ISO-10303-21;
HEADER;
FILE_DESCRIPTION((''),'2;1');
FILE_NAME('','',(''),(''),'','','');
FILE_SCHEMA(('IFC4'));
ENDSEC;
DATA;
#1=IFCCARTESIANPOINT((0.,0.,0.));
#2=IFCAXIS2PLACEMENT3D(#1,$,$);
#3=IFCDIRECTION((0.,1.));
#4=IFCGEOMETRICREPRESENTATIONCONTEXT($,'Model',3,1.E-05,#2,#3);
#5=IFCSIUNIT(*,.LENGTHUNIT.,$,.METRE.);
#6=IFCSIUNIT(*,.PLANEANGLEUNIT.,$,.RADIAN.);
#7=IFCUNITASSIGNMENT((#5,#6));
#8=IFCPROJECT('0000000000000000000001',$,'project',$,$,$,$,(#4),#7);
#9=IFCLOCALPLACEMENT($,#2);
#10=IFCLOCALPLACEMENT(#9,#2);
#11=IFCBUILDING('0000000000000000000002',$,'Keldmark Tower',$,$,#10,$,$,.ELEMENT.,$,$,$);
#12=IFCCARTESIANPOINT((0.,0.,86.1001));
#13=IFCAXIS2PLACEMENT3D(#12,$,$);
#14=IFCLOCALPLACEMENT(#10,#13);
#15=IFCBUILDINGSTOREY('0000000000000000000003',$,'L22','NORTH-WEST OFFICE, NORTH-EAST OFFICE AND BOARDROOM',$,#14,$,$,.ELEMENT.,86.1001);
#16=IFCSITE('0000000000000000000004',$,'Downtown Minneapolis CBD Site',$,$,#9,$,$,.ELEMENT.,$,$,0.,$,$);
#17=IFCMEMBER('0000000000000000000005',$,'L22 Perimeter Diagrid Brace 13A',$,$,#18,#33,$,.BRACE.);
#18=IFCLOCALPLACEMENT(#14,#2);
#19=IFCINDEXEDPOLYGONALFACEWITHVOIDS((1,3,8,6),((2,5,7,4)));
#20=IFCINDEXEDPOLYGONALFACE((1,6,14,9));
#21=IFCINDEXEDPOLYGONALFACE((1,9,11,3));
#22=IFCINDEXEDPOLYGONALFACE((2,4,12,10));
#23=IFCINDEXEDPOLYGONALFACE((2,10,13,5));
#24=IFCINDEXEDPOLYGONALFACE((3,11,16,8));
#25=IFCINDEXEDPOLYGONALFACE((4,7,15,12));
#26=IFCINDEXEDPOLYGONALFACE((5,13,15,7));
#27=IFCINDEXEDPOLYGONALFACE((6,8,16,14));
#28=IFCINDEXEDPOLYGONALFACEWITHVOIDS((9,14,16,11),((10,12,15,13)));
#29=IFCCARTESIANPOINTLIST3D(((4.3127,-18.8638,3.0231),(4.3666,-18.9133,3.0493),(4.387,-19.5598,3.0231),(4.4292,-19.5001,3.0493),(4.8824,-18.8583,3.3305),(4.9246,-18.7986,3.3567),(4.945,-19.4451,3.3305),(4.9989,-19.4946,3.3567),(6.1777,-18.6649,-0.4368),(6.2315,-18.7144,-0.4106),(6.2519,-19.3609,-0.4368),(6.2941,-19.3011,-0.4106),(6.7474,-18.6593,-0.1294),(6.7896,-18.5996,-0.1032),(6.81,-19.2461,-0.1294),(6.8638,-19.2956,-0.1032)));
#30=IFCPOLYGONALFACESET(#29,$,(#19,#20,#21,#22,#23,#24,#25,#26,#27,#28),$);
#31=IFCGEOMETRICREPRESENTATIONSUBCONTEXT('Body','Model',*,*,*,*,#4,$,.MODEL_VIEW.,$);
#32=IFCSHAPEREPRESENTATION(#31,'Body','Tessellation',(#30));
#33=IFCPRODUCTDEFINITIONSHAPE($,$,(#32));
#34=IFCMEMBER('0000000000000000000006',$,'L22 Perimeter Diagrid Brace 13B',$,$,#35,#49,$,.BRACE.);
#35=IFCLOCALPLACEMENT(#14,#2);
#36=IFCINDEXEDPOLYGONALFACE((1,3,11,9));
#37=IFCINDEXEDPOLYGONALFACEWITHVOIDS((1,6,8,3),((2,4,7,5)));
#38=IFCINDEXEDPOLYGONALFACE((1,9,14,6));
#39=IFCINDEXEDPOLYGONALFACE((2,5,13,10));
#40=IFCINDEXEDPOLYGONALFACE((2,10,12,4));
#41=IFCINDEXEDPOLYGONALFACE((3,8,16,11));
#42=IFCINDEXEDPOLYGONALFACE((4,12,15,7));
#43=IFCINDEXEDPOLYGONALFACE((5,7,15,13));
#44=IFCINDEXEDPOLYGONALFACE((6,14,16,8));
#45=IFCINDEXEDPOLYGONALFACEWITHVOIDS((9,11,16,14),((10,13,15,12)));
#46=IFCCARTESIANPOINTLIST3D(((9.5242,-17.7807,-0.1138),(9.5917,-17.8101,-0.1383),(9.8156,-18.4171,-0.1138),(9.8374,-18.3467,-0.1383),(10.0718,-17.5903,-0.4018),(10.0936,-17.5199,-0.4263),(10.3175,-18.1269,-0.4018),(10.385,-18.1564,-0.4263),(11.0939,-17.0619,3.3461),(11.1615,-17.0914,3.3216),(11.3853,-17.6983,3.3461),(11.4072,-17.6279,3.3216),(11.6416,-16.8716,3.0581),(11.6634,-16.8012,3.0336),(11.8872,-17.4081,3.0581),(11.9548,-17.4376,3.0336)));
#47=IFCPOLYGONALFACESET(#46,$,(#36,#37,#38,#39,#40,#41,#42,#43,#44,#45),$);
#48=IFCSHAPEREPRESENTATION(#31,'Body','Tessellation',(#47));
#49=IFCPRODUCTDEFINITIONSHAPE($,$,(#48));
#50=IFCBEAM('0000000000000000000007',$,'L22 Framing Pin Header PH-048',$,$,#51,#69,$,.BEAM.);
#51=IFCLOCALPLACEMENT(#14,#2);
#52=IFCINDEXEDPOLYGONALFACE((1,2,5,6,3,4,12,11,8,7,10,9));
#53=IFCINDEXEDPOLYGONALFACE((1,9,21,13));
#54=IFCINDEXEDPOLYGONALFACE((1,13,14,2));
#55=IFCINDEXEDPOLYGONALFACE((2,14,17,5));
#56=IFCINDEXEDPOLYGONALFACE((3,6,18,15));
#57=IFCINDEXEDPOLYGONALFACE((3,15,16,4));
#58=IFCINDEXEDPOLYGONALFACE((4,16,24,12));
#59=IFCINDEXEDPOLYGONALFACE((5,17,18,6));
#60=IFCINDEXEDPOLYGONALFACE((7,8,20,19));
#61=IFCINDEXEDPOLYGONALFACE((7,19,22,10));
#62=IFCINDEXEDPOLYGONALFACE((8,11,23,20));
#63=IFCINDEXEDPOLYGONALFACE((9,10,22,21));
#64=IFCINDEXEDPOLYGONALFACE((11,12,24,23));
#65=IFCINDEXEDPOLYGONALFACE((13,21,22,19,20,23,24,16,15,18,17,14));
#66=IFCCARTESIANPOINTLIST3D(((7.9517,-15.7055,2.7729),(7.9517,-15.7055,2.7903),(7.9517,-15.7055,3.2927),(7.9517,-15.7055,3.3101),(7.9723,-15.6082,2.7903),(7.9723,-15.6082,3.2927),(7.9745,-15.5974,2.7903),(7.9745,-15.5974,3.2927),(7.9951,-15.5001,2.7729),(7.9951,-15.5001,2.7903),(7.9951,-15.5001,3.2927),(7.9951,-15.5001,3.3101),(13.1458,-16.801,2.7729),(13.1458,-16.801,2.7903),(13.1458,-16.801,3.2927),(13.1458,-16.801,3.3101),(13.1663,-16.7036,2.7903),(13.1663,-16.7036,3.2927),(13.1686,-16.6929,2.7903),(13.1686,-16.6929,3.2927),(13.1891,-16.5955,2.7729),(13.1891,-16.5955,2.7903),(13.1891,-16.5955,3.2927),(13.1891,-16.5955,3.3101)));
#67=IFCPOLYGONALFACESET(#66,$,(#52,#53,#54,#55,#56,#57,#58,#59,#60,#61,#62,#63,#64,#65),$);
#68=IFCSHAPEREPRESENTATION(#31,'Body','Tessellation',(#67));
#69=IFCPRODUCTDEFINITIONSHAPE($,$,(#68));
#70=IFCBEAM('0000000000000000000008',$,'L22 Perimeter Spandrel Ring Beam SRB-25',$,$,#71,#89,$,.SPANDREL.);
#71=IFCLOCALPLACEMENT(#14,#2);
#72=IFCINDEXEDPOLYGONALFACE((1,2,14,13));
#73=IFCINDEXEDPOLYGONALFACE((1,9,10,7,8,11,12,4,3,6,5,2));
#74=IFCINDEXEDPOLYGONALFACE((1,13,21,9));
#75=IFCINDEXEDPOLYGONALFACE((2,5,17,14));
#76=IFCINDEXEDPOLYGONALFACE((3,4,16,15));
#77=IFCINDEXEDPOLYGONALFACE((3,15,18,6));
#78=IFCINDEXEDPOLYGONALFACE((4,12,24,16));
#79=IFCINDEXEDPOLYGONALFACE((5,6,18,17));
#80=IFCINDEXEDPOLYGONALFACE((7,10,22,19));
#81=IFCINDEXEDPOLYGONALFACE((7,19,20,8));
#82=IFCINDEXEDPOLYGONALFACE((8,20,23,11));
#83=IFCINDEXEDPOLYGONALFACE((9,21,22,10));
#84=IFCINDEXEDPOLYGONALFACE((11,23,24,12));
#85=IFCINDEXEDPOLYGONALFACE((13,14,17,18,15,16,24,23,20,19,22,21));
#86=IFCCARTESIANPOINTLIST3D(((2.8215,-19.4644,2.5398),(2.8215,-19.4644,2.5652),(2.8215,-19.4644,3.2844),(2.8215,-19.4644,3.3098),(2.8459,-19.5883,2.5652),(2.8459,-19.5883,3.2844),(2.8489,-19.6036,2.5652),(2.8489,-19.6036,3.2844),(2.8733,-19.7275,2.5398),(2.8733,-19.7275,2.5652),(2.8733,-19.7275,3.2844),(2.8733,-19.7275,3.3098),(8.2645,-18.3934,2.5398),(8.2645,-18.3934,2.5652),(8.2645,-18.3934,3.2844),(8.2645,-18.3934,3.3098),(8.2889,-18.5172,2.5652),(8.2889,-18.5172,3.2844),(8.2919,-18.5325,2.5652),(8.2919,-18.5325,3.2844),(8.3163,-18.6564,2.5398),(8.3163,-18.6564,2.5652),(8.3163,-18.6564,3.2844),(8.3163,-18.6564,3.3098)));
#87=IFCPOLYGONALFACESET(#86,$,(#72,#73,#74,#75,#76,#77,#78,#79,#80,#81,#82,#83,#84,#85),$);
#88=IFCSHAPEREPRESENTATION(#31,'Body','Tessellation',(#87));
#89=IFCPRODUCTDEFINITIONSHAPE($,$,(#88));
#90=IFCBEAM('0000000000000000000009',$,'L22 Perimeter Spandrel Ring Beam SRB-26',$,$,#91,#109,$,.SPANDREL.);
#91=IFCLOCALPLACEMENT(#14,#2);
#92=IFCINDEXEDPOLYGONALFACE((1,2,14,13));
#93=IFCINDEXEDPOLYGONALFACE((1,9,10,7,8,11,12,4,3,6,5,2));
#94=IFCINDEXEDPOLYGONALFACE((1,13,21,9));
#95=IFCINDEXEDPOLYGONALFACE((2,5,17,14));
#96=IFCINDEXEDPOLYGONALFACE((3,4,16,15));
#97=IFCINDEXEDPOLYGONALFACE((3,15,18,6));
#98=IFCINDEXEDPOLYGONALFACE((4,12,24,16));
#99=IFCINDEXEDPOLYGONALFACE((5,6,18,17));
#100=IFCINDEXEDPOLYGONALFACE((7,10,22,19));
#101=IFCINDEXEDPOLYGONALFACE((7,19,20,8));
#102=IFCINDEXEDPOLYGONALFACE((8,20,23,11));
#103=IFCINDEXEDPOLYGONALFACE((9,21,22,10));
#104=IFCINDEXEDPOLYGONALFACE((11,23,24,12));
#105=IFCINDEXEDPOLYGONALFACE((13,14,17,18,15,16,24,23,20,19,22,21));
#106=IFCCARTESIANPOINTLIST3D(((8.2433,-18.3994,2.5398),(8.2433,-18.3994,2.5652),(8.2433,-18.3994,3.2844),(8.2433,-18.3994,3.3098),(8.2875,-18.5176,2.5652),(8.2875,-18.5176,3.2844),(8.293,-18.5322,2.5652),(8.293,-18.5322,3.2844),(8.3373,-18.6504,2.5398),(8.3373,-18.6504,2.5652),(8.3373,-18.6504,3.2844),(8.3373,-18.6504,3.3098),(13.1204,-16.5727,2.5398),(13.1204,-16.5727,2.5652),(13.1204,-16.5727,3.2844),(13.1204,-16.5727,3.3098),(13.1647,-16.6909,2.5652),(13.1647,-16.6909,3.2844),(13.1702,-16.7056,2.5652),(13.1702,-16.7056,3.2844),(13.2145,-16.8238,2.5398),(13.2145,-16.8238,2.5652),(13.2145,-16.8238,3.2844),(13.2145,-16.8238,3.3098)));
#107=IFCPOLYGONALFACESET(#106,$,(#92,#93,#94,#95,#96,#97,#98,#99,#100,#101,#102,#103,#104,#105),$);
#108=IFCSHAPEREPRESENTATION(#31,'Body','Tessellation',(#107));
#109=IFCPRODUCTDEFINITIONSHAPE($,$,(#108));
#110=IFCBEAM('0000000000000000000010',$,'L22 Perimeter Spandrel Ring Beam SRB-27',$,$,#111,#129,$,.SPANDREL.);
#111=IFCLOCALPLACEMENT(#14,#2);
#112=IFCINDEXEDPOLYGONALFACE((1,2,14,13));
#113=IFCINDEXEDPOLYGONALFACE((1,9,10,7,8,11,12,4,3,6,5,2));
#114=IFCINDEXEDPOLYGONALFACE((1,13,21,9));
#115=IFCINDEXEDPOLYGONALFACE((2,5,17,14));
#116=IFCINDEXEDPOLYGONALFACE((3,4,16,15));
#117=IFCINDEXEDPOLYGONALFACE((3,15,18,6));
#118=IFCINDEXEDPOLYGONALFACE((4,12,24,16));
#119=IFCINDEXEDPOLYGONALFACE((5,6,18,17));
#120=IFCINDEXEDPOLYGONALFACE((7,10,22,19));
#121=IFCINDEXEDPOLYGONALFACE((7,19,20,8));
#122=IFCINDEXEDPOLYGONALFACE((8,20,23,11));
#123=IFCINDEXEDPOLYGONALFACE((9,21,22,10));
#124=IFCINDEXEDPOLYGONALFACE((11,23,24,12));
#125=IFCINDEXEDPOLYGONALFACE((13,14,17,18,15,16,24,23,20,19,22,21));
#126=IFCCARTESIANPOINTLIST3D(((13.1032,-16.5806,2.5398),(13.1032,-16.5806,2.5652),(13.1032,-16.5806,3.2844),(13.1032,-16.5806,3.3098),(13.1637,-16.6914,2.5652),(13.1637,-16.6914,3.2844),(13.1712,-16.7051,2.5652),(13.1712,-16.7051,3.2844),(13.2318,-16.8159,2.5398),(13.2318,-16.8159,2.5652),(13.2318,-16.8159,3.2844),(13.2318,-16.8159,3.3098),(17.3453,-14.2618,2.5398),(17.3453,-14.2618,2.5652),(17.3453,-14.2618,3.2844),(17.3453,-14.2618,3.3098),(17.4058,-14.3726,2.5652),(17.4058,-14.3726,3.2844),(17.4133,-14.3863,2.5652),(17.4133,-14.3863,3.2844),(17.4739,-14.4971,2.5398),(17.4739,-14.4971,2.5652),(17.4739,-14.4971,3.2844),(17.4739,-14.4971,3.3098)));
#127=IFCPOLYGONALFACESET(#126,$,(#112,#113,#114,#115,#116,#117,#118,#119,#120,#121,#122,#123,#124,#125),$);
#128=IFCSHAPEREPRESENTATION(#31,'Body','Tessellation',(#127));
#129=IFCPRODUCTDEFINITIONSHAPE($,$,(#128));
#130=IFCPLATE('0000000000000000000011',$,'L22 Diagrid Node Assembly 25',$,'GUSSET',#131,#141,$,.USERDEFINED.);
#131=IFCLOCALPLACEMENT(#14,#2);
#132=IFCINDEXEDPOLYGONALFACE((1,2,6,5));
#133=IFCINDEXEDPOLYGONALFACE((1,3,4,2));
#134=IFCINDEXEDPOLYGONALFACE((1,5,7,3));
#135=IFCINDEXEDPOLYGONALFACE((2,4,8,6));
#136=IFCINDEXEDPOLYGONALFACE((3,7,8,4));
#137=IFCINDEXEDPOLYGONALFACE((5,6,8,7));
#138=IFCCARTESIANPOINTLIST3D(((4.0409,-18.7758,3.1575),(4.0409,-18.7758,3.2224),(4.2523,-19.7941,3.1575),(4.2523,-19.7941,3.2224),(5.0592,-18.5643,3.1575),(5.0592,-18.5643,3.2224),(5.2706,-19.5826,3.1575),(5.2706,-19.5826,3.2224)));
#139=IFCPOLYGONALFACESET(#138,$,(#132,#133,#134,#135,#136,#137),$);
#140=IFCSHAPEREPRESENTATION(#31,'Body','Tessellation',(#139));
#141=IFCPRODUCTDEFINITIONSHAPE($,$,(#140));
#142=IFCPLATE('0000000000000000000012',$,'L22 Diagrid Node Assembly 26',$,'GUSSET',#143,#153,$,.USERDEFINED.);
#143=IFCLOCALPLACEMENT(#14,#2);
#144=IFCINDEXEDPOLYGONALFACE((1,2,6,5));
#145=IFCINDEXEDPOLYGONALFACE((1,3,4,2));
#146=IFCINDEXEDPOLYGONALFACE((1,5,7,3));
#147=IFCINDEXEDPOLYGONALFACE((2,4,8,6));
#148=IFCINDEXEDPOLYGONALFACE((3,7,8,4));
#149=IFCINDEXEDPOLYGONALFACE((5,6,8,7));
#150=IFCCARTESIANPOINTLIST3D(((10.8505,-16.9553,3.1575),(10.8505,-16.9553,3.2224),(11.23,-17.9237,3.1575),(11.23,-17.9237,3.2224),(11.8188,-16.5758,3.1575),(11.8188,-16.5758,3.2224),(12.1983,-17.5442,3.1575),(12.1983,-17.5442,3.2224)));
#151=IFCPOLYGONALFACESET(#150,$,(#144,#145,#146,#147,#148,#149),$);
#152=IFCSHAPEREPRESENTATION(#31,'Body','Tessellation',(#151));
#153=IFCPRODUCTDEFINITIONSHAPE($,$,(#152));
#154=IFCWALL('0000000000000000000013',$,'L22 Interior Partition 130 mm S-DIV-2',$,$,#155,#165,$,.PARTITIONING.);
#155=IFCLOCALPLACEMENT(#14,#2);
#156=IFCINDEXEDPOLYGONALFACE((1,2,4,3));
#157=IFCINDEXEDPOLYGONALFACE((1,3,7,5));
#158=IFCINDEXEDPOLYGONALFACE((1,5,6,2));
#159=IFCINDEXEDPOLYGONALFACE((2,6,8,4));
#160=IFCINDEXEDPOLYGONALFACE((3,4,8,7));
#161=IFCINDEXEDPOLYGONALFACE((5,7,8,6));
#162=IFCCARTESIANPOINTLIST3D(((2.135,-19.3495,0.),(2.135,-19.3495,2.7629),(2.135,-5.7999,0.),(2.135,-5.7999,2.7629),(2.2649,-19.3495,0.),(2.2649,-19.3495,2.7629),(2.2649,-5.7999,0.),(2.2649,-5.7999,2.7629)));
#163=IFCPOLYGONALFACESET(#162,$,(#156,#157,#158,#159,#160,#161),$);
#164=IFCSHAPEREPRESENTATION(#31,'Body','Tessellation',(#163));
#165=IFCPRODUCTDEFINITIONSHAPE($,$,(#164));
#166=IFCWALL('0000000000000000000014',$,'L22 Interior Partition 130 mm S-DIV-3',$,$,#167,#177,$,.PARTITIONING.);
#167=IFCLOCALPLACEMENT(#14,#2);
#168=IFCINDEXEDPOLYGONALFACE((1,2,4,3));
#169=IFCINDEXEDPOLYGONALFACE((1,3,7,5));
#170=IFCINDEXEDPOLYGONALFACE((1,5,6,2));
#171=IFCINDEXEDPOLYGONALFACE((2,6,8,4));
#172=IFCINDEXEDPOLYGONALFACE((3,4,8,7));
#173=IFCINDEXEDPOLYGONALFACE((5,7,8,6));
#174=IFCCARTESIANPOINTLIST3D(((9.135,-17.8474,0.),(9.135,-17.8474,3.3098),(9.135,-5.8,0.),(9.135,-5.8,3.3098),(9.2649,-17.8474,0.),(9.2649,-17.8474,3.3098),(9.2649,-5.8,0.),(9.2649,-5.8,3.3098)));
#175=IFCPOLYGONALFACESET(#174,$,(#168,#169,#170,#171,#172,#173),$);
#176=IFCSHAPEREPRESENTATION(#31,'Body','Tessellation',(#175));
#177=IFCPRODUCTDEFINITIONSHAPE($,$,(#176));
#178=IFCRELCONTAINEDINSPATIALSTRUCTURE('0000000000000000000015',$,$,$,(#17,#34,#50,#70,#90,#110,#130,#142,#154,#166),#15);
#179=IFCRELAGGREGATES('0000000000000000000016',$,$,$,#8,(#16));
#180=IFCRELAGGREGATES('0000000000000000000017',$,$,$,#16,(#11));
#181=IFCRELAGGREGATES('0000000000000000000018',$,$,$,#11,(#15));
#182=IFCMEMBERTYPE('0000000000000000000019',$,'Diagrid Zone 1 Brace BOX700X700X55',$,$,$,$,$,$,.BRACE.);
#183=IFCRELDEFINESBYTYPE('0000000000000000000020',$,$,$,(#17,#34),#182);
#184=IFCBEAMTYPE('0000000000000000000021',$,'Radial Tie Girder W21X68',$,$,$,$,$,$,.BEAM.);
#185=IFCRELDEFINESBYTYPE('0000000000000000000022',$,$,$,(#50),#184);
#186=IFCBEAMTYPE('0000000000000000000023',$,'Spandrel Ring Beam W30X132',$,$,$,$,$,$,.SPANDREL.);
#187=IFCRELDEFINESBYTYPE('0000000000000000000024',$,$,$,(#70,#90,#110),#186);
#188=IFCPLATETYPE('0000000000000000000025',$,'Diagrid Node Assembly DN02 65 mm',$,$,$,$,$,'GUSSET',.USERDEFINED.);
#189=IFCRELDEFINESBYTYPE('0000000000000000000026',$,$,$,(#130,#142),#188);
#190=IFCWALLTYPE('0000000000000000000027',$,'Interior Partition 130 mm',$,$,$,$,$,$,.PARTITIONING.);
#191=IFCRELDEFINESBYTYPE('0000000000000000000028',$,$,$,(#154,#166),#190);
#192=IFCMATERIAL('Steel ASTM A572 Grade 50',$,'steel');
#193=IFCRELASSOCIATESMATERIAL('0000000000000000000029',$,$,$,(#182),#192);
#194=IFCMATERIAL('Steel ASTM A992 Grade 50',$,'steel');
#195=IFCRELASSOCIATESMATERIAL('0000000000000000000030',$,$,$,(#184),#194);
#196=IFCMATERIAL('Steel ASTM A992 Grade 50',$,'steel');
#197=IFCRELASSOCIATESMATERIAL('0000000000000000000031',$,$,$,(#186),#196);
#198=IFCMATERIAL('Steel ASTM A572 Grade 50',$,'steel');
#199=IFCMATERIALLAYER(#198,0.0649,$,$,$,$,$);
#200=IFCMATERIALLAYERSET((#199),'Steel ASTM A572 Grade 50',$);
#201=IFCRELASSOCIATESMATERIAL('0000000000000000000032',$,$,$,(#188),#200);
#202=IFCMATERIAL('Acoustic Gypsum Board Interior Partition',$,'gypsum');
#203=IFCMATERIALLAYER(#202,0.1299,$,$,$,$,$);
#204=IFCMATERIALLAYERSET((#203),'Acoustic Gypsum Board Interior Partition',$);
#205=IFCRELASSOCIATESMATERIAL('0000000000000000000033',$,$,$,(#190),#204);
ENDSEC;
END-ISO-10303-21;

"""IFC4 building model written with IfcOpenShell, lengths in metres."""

from ifc_helpers import new_model, si_unit, direction, frame, frame_2d, origin, origin_2d, place, context, subcontext, project, spatial, rectangle, hollow_rectangle, i_section, extrude, material, layer, layer_set, material_profile, profile_set, type_object, element, save


model = new_model("IFC4")

# Units and contexts
model_context = context("Model", 3, precision=1e-05, world=origin(), true_north=direction((0.0, 1.0)))
body_context = subcontext(model_context, "Body", "Model", "MODEL_VIEW")
ifc_project = project(units=[si_unit("LENGTHUNIT", "METRE"), si_unit("PLANEANGLEUNIT", "RADIAN")], contexts=[model_context])

# Site, building, storey
site_placement = place(None, origin())
site = spatial("IfcSite", under=ifc_project, at=site_placement, Name="Downtown Minneapolis CBD Site", CompositionType="ELEMENT", RefElevation=0.0)
building_placement = place(site_placement, origin())
building = spatial("IfcBuilding", under=site, at=building_placement, Name="Keldmark Tower", CompositionType="ELEMENT")
storey_placement = place(building_placement, frame((0.0, 0.0, 86.1001)))
storey = spatial("IfcBuildingStorey", under=building, at=storey_placement, Name="L22", Description="NORTH-WEST OFFICE, NORTH-EAST OFFICE AND BOARDROOM", CompositionType="ELEMENT", Elevation=86.1001)

# Members
ifc_material_1 = material(Name="Steel ASTM A572 Grade 50", Category="steel")
ifc_material_profile_1 = material_profile(ifc_material_1, hollow_rectangle(XDim=0.7, YDim=0.7, WallThickness=0.0549, at=origin_2d()), Name="BOX700X700X55")
ifc_profile_set_1 = profile_set([ifc_material_profile_1], Name="Steel ASTM A572 Grade 50")
member_type = type_object("IfcMemberType", Name="Diagrid Zone 1 Brace BOX700X700X55", PredefinedType="BRACE", material=ifc_profile_set_1)
member_1_placement = place(storey_placement, frame((6.5208, -18.9802, -0.27), z_axis=(-0.473875, -0.050557, 0.87914), x_axis=(0.106087, -0.994357, 0.0)))
element("IfcMember", 1, at=member_1_placement, inside=storey, type_object=member_type, Name="L22 Perimeter Diagrid Brace 13A", PredefinedType="BRACE", context=body_context, shape_type="SweptSolid", body=[
    extrude(hollow_rectangle(XDim=0.7, YDim=0.7, WallThickness=0.0549, at=origin_2d()), origin(), (0.0, 0.0, 1.0), 3.9355),
])
member_2_placement = place(storey_placement, frame((9.9546, -17.9685, -0.27), z_axis=(0.405973, 0.185876, 0.894783), x_axis=(-0.416294, 0.90923, 0.0)))
element("IfcMember", 2, at=member_2_placement, inside=storey, type_object=member_type, Name="L22 Perimeter Diagrid Brace 13B", PredefinedType="BRACE", context=body_context, shape_type="SweptSolid", body=[
    extrude(hollow_rectangle(XDim=0.7, YDim=0.7, WallThickness=0.0549, at=origin_2d()), origin(), (0.0, 0.0, 1.0), 3.8667),
])

# Beams
ifc_material_2 = material(Name="Steel ASTM A992 Grade 50", Category="steel")
ifc_material_profile_2 = material_profile(ifc_material_2, i_section(OverallWidth=0.21, OverallDepth=0.5371, WebThickness=0.011, FlangeThickness=0.0173, at=origin_2d()), Name="W21X68")
ifc_profile_set_2 = profile_set([ifc_material_profile_2], Name="Steel ASTM A992 Grade 50")
beam_type_1 = type_object("IfcBeamType", Name="Radial Tie Girder W21X68", PredefinedType="BEAM", material=ifc_profile_set_2)
beam_1_placement = place(storey_placement, frame((13.1675, -16.6982, 3.0415), z_axis=(-0.978475, 0.206365, 0.0), x_axis=(-0.206365, -0.978475, 0.0)))
element("IfcBeam", 3, at=beam_1_placement, inside=storey, type_object=beam_type_1, Name="L22 Framing Pin Header PH-048", PredefinedType="BEAM", context=body_context, shape_type="SweptSolid", body=[
    extrude(i_section(OverallWidth=0.21, OverallDepth=0.5371, WebThickness=0.011, FlangeThickness=0.0173, at=origin_2d()), origin(), (0.0, 0.0, 1.0), 5.3083),
])
ifc_material_3 = material(Name="Steel ASTM A992 Grade 50", Category="steel")
ifc_material_profile_3 = material_profile(ifc_material_3, i_section(OverallWidth=0.2681, OverallDepth=0.77, WebThickness=0.0156, FlangeThickness=0.0254, at=origin_2d()), Name="W30X132")
ifc_profile_set_3 = profile_set([ifc_material_profile_3], Name="Steel ASTM A992 Grade 50")
beam_type_2 = type_object("IfcBeamType", Name="Spandrel Ring Beam W30X132", PredefinedType="SPANDREL", material=ifc_profile_set_3)
beam_2_placement = place(storey_placement, frame((2.8474, -19.5959, 2.9248), z_axis=(0.981184, 0.193077, 0.0), x_axis=(-0.193077, 0.981184, 0.0)))
element("IfcBeam", 4, at=beam_2_placement, inside=storey, type_object=beam_type_2, Name="L22 Perimeter Spandrel Ring Beam SRB-25", PredefinedType="SPANDREL", context=body_context, shape_type="SweptSolid", body=[
    extrude(i_section(OverallWidth=0.2681, OverallDepth=0.77, WebThickness=0.0156, FlangeThickness=0.0254, at=origin_2d()), origin(), (0.0, 0.0, 1.0), 5.5474),
])
beam_3_placement = place(storey_placement, frame((8.2903, -18.5249, 2.9248), z_axis=(0.936474, 0.350738, 0.0), x_axis=(-0.350738, 0.936474, 0.0)))
element("IfcBeam", 5, at=beam_3_placement, inside=storey, type_object=beam_type_2, Name="L22 Perimeter Spandrel Ring Beam SRB-26", PredefinedType="SPANDREL", context=body_context, shape_type="SweptSolid", body=[
    extrude(i_section(OverallWidth=0.2681, OverallDepth=0.77, WebThickness=0.0156, FlangeThickness=0.0254, at=origin_2d()), origin(), (0.0, 0.0, 1.0), 5.208),
])
beam_4_placement = place(storey_placement, frame((13.1675, -16.6982, 2.9248), z_axis=(0.877467, 0.479637, 0.0), x_axis=(-0.479637, 0.877467, 0.0)))
element("IfcBeam", 6, at=beam_4_placement, inside=storey, type_object=beam_type_2, Name="L22 Perimeter Spandrel Ring Beam SRB-27", PredefinedType="SPANDREL", context=body_context, shape_type="SweptSolid", body=[
    extrude(i_section(OverallWidth=0.2681, OverallDepth=0.77, WebThickness=0.0156, FlangeThickness=0.0254, at=origin_2d()), origin(), (0.0, 0.0, 1.0), 4.8345),
])

# Plates
ifc_material_4 = material(Name="Steel ASTM A572 Grade 50", Category="steel")
ifc_layer_1 = layer(ifc_material_4, 0.0649)
ifc_layer_set_1 = layer_set([ifc_layer_1], Name="Steel ASTM A572 Grade 50")
plate_type = type_object("IfcPlateType", Name="Diagrid Node Assembly DN02 65 mm", ElementType="GUSSET", PredefinedType="USERDEFINED", material=ifc_layer_set_1)
for number, where, z_axis, x_axis, name in (
    (7, (4.6558, -19.1792, 3.1575), (0.0, 0.0, 1.0), (0.979116, 0.2033, 0.0), "L22 Diagrid Node Assembly 25"),
    (8, (11.5244, -17.2498, 3.1575), (0.0, 0.0, 1.0), (0.931056, 0.364877, 0.0), "L22 Diagrid Node Assembly 26"),
):
    element("IfcPlate", number, at=place(storey_placement, frame(where, z_axis=z_axis, x_axis=x_axis)), inside=storey, type_object=plate_type, Name=name, ObjectType="GUSSET", PredefinedType="USERDEFINED", context=body_context, shape_type="SweptSolid", body=[
        extrude(rectangle(XDim=1.04, YDim=1.04, at=origin_2d()), origin(), (0.0, 0.0, 1.0), 0.0649),
    ])

# Walls
ifc_material_5 = material(Name="Acoustic Gypsum Board Interior Partition", Category="gypsum")
ifc_layer_2 = layer(ifc_material_5, 0.1299)
ifc_layer_set_2 = layer_set([ifc_layer_2], Name="Acoustic Gypsum Board Interior Partition")
wall_type_1 = type_object("IfcWallType", Name="Interior Partition 130 mm", PredefinedType="PARTITIONING", material=ifc_layer_set_2)
wall_1_placement = place(storey_placement, frame((2.2, -19.3496, 0.0), z_axis=(0.0, 0.0, 1.0), x_axis=(0.0, 1.0, 0.0)))
element("IfcWall", 9, at=wall_1_placement, inside=storey, type_object=wall_type_1, Name="L22 Interior Partition 130 mm S-DIV-2", PredefinedType="PARTITIONING", context=body_context, shape_type="SweptSolid", body=[
    extrude(rectangle(XDim=13.5496, YDim=0.1299, at=frame_2d((6.7749, 0.0))), origin(), (0.0, 0.0, 1.0), 2.7629),
])
wall_2_placement = place(storey_placement, frame((9.2, -17.8474, 0.0), z_axis=(0.0, 0.0, 1.0), x_axis=(0.0, 1.0, 0.0)))
element("IfcWall", 10, at=wall_2_placement, inside=storey, type_object=wall_type_1, Name="L22 Interior Partition 130 mm S-DIV-3", PredefinedType="PARTITIONING", context=body_context, shape_type="SweptSolid", body=[
    extrude(rectangle(XDim=12.0474, YDim=0.1299, at=frame_2d((6.0237, 0.0))), origin(), (0.0, 0.0, 1.0), 3.3098),
])

save(model, "model.ifc")
